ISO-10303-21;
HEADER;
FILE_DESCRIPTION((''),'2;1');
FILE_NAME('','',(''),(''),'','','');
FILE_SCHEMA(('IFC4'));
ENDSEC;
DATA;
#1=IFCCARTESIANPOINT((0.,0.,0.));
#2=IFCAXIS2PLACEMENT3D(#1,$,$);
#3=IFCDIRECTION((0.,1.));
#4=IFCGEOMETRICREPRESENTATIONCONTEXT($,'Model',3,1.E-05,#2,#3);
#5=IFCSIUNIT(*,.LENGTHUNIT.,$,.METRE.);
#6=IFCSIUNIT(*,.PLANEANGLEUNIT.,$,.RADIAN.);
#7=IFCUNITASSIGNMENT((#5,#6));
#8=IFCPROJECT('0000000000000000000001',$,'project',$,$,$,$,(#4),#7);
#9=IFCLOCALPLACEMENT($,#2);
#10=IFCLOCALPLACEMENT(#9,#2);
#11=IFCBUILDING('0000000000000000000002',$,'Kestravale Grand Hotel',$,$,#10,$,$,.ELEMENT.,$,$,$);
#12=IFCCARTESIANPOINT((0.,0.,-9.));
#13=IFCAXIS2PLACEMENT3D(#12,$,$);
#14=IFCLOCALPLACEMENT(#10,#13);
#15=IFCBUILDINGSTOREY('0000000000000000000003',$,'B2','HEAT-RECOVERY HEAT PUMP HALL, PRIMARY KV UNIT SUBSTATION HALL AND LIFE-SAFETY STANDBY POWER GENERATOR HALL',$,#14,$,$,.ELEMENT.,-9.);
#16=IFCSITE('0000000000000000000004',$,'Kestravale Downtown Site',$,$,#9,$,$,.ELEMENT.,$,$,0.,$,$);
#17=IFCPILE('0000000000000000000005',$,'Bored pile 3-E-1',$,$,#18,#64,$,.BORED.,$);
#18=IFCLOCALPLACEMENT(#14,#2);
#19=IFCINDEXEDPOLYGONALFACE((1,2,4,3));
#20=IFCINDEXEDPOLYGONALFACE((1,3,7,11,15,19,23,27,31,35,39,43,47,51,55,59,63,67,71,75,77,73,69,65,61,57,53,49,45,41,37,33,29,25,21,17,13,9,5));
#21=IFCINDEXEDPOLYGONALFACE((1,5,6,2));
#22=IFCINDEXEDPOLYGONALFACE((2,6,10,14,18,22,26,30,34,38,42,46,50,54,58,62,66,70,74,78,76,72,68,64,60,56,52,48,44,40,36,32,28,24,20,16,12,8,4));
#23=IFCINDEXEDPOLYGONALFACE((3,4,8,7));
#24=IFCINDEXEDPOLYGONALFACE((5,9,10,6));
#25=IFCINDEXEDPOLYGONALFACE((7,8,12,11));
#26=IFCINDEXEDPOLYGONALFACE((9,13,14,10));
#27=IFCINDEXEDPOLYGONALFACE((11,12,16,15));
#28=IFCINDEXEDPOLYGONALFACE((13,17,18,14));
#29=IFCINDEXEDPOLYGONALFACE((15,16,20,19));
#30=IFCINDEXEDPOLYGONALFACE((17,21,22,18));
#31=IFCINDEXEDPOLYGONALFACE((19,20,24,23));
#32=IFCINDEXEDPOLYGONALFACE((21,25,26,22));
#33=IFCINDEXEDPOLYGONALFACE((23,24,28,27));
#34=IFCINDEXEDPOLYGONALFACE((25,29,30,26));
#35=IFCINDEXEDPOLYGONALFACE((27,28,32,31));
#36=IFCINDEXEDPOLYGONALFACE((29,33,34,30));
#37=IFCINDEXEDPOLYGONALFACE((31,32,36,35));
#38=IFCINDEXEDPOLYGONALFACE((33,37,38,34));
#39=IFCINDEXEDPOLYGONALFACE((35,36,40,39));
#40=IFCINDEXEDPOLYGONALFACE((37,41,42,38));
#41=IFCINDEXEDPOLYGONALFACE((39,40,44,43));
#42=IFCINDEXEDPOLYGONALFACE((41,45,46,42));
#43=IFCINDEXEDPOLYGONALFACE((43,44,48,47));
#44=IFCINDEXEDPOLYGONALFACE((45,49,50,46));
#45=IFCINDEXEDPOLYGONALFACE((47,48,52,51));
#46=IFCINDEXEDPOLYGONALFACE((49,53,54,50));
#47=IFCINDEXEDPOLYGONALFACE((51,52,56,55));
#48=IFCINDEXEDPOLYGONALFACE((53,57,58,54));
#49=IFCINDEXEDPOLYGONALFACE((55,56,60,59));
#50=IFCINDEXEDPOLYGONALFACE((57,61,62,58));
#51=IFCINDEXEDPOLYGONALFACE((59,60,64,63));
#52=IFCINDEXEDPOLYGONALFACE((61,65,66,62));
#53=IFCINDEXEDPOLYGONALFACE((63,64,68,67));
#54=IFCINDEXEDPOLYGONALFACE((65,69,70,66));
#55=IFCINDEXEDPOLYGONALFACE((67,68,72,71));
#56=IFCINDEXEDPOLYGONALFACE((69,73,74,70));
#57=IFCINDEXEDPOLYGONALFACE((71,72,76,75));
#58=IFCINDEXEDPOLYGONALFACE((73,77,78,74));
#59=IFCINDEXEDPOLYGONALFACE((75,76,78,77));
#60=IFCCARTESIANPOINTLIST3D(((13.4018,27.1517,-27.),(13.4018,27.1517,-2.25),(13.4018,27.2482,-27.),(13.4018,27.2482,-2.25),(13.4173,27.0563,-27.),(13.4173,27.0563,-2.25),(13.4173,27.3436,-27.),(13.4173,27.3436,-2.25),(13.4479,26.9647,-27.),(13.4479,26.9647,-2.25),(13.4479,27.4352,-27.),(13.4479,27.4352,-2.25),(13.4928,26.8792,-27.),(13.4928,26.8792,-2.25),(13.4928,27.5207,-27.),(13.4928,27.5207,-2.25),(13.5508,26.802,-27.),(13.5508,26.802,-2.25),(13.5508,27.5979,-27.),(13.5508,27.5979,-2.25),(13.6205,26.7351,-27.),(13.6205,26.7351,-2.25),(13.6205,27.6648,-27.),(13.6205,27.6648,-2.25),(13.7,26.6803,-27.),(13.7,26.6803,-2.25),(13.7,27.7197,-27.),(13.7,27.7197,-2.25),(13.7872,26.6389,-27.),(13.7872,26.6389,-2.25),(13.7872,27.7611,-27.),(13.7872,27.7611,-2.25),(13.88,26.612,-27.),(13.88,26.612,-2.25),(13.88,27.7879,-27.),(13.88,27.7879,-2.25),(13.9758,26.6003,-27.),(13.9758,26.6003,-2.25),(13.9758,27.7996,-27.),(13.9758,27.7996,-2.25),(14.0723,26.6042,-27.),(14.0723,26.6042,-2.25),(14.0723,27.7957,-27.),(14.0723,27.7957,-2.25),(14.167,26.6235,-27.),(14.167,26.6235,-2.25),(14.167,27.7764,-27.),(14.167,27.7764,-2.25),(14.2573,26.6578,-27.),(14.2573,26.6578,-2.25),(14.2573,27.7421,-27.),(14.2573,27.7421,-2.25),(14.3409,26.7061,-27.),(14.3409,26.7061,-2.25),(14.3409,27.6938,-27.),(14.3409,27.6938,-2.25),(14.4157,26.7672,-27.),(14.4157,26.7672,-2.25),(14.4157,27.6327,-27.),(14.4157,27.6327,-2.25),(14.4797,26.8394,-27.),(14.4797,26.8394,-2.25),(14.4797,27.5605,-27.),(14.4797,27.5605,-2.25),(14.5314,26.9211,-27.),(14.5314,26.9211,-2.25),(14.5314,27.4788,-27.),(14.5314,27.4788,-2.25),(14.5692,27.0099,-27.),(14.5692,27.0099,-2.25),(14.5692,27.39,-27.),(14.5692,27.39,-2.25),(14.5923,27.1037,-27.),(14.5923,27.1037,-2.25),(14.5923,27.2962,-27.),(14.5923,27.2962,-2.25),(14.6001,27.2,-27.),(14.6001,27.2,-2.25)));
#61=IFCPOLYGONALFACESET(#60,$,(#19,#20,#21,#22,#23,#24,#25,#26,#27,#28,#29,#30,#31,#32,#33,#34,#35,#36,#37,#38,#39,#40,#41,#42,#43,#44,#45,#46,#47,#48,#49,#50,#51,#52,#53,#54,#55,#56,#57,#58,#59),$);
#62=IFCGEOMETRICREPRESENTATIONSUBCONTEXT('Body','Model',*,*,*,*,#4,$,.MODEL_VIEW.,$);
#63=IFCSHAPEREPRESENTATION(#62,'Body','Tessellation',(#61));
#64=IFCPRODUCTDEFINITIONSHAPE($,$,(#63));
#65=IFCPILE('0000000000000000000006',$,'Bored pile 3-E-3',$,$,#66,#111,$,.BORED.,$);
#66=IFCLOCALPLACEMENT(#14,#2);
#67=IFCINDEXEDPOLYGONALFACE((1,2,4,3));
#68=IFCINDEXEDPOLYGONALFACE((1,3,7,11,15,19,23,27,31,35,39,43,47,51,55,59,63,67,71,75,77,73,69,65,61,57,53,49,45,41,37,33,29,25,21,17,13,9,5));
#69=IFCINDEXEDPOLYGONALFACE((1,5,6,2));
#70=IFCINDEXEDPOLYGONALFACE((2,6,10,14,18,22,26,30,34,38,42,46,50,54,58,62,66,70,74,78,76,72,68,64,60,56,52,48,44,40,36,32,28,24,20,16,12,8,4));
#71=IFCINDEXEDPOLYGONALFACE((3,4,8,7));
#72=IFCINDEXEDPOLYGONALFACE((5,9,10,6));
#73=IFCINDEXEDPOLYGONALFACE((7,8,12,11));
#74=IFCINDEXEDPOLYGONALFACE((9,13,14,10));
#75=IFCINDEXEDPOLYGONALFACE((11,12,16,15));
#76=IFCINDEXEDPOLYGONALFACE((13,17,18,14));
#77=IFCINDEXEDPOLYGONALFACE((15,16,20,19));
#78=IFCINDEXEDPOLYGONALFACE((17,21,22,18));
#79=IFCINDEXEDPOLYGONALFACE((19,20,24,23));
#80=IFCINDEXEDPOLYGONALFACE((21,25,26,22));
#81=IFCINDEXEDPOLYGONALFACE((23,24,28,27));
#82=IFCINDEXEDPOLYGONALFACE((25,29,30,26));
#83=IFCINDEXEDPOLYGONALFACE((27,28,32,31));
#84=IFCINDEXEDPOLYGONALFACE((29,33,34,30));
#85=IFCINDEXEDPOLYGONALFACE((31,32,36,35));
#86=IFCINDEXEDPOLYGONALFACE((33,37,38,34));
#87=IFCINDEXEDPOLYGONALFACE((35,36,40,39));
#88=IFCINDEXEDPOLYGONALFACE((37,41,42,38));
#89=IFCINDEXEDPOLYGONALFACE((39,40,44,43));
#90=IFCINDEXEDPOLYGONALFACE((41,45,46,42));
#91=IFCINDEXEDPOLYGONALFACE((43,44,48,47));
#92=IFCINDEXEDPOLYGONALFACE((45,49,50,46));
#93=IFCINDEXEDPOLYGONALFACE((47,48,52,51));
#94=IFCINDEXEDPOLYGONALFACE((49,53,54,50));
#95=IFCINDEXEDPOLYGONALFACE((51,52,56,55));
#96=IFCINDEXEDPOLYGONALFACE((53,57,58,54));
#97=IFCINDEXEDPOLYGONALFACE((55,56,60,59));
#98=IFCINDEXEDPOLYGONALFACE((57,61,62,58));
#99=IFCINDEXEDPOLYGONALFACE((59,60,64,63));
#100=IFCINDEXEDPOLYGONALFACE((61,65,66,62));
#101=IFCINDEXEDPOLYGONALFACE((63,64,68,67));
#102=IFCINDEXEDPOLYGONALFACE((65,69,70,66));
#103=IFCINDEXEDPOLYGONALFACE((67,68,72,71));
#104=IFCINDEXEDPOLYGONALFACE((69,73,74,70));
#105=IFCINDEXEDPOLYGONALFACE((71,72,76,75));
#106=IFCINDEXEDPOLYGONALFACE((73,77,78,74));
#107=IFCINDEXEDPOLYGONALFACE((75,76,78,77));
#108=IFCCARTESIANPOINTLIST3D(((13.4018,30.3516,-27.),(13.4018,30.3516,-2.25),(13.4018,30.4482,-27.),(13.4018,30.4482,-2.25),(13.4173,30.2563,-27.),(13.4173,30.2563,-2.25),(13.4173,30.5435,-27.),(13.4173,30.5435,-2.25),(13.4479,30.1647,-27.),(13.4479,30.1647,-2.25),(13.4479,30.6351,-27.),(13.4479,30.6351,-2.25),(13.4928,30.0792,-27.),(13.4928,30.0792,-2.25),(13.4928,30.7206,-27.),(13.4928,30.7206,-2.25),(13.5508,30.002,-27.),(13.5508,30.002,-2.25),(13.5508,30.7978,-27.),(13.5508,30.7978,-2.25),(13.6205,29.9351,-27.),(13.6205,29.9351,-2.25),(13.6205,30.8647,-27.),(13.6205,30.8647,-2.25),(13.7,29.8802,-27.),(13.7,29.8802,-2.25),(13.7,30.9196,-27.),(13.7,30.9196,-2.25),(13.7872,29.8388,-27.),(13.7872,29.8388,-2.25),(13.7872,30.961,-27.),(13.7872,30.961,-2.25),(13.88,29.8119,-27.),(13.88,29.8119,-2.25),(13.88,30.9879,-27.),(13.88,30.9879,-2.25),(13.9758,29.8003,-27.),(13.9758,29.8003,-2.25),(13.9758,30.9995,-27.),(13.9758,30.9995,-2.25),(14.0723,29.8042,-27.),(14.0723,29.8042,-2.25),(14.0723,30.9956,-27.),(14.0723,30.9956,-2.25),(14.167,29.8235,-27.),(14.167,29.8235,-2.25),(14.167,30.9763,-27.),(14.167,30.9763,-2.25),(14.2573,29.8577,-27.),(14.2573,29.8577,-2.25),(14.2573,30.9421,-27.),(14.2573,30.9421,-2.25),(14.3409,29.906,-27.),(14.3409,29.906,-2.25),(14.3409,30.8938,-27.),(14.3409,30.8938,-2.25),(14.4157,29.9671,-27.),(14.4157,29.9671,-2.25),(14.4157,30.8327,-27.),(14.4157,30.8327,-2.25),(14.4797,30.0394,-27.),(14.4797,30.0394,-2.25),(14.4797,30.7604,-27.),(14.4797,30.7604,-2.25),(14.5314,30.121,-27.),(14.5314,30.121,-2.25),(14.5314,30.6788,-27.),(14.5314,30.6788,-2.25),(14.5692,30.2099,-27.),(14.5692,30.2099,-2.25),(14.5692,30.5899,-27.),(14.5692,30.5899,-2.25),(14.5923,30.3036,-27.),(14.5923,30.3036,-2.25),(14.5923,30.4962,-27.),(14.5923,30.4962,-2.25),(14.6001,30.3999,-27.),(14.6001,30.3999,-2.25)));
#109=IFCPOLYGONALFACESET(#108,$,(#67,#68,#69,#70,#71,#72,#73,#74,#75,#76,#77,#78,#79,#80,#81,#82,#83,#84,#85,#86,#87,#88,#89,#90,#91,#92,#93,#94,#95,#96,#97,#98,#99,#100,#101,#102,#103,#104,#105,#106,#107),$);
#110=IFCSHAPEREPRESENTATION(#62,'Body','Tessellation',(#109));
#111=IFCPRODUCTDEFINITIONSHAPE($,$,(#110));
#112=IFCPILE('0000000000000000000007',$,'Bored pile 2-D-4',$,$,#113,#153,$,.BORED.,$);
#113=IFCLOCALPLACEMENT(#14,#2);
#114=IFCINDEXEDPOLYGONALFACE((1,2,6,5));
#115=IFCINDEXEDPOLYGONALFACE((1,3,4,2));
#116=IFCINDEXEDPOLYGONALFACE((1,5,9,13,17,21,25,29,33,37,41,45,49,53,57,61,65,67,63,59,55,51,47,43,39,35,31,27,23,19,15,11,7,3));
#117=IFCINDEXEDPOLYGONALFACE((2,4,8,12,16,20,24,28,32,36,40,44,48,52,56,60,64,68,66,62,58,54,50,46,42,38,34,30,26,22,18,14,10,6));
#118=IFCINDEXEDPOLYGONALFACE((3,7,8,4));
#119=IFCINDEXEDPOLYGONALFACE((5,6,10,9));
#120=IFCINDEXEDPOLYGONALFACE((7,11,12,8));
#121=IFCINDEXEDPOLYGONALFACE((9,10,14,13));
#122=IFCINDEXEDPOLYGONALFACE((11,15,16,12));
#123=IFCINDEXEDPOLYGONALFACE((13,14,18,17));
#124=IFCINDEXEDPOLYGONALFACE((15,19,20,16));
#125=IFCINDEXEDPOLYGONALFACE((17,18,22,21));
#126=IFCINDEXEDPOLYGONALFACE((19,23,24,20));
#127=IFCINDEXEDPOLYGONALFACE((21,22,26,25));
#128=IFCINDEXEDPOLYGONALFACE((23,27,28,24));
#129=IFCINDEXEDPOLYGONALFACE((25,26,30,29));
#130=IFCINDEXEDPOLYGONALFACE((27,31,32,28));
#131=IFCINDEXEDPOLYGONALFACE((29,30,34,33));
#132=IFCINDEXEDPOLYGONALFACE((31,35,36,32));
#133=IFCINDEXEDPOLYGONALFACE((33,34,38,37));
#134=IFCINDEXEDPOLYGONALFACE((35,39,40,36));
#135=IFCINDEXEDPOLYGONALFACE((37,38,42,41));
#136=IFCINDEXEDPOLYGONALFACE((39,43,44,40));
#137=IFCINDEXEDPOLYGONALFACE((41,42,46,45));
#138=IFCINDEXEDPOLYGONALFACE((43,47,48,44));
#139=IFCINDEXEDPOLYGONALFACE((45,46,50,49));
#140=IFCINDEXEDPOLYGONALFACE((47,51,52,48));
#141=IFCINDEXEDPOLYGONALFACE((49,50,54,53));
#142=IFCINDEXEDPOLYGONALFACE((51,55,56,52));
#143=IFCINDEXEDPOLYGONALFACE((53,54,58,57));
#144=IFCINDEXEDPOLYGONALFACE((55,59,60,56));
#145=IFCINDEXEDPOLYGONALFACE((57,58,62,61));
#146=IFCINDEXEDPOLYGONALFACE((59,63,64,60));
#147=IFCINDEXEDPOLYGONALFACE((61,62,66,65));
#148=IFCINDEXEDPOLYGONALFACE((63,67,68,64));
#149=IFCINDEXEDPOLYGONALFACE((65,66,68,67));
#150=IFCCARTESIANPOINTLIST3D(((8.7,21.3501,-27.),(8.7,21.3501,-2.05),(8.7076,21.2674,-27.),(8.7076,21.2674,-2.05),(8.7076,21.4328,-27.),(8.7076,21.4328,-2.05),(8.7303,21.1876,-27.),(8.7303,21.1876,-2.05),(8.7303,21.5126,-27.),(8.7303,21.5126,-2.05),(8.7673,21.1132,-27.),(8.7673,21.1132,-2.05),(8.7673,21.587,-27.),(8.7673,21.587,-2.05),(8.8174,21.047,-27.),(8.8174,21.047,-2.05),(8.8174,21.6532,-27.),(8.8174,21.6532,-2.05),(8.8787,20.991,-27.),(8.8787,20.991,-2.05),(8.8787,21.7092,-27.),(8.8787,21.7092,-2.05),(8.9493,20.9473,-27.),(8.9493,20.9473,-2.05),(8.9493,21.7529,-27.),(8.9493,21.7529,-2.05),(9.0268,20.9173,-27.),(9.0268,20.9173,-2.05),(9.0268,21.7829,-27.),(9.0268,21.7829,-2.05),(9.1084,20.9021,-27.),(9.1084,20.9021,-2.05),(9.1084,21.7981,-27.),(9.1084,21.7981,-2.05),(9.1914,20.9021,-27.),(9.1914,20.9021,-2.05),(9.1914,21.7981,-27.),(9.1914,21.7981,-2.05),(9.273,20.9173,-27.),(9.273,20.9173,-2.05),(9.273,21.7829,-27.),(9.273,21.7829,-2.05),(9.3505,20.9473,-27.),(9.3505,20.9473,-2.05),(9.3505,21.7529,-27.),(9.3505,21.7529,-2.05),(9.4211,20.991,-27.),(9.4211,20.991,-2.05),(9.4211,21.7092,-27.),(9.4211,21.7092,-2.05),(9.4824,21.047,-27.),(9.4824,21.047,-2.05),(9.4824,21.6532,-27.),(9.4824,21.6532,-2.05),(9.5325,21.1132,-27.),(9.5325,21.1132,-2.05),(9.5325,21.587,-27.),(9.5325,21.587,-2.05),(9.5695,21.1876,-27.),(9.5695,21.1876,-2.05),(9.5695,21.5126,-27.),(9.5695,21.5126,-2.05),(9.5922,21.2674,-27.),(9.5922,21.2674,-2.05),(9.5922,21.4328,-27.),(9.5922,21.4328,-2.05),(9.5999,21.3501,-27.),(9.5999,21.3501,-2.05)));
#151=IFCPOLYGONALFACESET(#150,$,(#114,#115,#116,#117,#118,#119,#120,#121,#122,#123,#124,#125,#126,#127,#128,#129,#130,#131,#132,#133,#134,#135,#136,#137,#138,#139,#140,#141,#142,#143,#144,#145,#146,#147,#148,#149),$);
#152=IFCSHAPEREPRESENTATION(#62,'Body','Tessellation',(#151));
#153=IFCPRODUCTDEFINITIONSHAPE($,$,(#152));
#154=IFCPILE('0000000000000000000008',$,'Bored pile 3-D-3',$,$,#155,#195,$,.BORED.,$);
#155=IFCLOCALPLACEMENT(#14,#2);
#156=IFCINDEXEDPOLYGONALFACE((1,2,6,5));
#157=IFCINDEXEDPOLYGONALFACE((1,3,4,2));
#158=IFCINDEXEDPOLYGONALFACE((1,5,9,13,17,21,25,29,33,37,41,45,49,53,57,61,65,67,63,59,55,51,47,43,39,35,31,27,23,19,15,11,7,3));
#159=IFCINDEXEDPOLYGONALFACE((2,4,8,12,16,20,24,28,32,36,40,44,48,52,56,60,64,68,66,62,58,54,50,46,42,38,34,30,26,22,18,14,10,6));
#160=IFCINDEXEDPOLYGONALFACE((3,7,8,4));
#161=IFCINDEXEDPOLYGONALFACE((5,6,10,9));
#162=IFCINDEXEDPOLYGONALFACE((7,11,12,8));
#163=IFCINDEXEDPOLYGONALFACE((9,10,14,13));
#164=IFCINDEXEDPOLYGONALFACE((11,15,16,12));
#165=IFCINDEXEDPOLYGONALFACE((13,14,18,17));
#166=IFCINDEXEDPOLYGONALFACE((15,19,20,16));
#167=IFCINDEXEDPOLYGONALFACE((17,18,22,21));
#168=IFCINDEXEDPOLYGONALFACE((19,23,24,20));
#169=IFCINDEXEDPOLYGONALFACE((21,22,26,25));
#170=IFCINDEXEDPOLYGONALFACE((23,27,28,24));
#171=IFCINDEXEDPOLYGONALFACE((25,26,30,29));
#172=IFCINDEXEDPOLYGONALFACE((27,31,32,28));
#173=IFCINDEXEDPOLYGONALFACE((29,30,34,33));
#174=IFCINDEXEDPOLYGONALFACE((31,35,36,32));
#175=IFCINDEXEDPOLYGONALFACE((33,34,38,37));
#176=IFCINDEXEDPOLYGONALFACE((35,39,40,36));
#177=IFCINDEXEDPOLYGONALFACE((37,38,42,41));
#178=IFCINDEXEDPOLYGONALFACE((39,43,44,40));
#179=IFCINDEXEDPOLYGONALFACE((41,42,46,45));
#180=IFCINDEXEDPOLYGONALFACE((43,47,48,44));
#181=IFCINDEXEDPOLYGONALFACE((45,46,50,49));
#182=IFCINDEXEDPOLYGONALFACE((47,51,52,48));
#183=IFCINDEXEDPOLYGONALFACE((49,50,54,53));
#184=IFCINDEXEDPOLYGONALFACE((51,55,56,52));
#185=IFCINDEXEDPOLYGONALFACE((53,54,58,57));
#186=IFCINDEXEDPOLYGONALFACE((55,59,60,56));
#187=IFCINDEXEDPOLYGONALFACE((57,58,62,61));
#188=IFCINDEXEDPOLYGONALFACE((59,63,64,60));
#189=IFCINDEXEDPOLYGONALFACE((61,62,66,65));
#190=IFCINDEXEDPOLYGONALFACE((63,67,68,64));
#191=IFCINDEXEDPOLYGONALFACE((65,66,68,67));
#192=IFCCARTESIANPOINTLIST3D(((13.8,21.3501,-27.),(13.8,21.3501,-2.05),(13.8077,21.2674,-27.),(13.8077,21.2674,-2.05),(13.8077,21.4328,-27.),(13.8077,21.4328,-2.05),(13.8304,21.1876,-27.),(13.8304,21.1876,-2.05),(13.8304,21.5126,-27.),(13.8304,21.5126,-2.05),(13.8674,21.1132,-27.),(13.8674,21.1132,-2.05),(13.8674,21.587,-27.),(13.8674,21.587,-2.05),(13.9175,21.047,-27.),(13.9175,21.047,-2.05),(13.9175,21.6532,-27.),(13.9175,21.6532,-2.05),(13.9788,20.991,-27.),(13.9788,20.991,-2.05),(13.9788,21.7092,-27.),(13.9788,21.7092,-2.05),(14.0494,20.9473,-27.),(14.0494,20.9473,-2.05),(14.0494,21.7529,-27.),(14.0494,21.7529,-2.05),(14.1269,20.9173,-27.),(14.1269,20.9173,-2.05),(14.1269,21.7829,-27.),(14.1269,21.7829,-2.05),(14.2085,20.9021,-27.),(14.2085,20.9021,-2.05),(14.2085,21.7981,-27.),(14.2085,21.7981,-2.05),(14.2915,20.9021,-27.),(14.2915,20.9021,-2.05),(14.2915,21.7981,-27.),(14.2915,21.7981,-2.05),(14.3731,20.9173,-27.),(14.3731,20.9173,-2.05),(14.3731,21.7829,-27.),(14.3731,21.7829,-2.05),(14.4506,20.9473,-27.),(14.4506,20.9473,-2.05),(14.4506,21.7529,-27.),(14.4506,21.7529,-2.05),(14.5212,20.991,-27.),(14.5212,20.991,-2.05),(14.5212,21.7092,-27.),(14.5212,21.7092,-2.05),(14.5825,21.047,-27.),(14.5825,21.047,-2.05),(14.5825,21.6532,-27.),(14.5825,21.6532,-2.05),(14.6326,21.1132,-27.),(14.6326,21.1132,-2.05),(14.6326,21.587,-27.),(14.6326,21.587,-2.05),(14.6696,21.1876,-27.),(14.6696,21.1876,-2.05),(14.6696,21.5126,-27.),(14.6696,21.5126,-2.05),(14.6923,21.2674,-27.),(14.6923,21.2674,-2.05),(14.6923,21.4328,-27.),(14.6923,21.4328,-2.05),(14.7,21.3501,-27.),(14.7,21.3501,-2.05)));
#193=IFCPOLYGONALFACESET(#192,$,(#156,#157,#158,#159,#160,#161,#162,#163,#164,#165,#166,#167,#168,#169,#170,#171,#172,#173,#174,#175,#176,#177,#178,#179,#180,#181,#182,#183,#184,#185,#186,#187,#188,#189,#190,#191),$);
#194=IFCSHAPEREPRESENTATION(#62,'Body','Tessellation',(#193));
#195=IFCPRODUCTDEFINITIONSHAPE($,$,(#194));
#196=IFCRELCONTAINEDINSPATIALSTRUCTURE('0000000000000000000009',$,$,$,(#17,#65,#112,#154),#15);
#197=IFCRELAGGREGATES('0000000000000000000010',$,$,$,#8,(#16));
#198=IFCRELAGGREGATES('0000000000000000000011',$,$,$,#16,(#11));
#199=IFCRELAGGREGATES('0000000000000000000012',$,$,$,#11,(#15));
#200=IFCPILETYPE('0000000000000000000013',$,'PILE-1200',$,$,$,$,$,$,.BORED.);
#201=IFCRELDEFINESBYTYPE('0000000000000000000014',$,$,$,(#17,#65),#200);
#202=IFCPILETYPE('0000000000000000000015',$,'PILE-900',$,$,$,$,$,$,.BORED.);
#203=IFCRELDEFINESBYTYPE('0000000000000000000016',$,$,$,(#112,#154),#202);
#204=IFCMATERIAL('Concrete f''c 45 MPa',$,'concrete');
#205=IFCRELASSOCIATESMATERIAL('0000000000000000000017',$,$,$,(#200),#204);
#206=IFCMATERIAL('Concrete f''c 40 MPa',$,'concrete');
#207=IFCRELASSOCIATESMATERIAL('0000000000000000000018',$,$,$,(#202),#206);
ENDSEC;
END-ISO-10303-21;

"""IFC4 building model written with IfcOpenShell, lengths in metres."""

from ifc_helpers import new_model, si_unit, direction, frame, origin, origin_2d, place, context, subcontext, project, spatial, circle, extrude, material, material_profile, profile_set, type_object, element, save


model = new_model("IFC4")

# Units and contexts
model_context = context("Model", 3, precision=1e-05, world=origin(), true_north=direction((0.0, 1.0)))
body_context = subcontext(model_context, "Body", "Model", "MODEL_VIEW")
ifc_project = project(units=[si_unit("LENGTHUNIT", "METRE"), si_unit("PLANEANGLEUNIT", "RADIAN")], contexts=[model_context])

# Site, building, storey
site_placement = place(None, origin())
site = spatial("IfcSite", under=ifc_project, at=site_placement, Name="Kestravale Downtown Site", CompositionType="ELEMENT", RefElevation=0.0)
building_placement = place(site_placement, origin())
building = spatial("IfcBuilding", under=site, at=building_placement, Name="Kestravale Grand Hotel", CompositionType="ELEMENT")
storey_placement = place(building_placement, frame((0.0, 0.0, -9.0)))
storey = spatial("IfcBuildingStorey", under=building, at=storey_placement, Name="B2", Description="HEAT-RECOVERY HEAT PUMP HALL, PRIMARY KV UNIT SUBSTATION HALL AND LIFE-SAFETY STANDBY POWER GENERATOR HALL", CompositionType="ELEMENT", Elevation=-9.0)

# Piles
ifc_material_1 = material(Name="Concrete f'c 45 MPa", Category="concrete")
ifc_material_profile_1 = material_profile(ifc_material_1, circle(Radius=0.6001, at=origin_2d()))
ifc_profile_set_1 = profile_set([ifc_material_profile_1], Name="Concrete f'c 45 MPa")
pile_type_1 = type_object("IfcPileType", Name="PILE-1200", PredefinedType="BORED", material=ifc_profile_set_1)
for number, where, z_axis, x_axis, name in (
    (1, (14.0, 27.2, -2.25), (0.0, 0.0, -1.0), (1.0, 0.0, 0.0), "Bored pile 3-E-1"),
    (2, (14.0, 30.3999, -2.25), (0.0, 0.0, -1.0), (1.0, 0.0, 0.0), "Bored pile 3-E-3"),
):
    element("IfcPile", number, at=place(storey_placement, frame(where, z_axis=z_axis, x_axis=x_axis)), inside=storey, type_object=pile_type_1, Name=name, PredefinedType="BORED", context=body_context, shape_type="SweptSolid", body=[
        extrude(circle(Radius=0.6001, at=origin_2d()), origin(), (0.0, 0.0, 1.0), 24.75),
    ])
ifc_material_2 = material(Name="Concrete f'c 40 MPa", Category="concrete")
ifc_material_profile_2 = material_profile(ifc_material_2, circle(Radius=0.45, at=origin_2d()))
ifc_profile_set_2 = profile_set([ifc_material_profile_2], Name="Concrete f'c 40 MPa")
pile_type_2 = type_object("IfcPileType", Name="PILE-900", PredefinedType="BORED", material=ifc_profile_set_2)
for number, where, z_axis, x_axis, name in (
    (3, (9.1499, 21.3501, -2.05), (0.0, 0.0, -1.0), (1.0, 0.0, 0.0), "Bored pile 2-D-4"),
    (4, (14.25, 21.3501, -2.05), (0.0, 0.0, -1.0), (1.0, 0.0, 0.0), "Bored pile 3-D-3"),
):
    element("IfcPile", number, at=place(storey_placement, frame(where, z_axis=z_axis, x_axis=x_axis)), inside=storey, type_object=pile_type_2, Name=name, PredefinedType="BORED", context=body_context, shape_type="SweptSolid", body=[
        extrude(circle(Radius=0.45, at=origin_2d()), origin(), (0.0, 0.0, 1.0), 24.95),
    ])

save(model, "model.ifc")
